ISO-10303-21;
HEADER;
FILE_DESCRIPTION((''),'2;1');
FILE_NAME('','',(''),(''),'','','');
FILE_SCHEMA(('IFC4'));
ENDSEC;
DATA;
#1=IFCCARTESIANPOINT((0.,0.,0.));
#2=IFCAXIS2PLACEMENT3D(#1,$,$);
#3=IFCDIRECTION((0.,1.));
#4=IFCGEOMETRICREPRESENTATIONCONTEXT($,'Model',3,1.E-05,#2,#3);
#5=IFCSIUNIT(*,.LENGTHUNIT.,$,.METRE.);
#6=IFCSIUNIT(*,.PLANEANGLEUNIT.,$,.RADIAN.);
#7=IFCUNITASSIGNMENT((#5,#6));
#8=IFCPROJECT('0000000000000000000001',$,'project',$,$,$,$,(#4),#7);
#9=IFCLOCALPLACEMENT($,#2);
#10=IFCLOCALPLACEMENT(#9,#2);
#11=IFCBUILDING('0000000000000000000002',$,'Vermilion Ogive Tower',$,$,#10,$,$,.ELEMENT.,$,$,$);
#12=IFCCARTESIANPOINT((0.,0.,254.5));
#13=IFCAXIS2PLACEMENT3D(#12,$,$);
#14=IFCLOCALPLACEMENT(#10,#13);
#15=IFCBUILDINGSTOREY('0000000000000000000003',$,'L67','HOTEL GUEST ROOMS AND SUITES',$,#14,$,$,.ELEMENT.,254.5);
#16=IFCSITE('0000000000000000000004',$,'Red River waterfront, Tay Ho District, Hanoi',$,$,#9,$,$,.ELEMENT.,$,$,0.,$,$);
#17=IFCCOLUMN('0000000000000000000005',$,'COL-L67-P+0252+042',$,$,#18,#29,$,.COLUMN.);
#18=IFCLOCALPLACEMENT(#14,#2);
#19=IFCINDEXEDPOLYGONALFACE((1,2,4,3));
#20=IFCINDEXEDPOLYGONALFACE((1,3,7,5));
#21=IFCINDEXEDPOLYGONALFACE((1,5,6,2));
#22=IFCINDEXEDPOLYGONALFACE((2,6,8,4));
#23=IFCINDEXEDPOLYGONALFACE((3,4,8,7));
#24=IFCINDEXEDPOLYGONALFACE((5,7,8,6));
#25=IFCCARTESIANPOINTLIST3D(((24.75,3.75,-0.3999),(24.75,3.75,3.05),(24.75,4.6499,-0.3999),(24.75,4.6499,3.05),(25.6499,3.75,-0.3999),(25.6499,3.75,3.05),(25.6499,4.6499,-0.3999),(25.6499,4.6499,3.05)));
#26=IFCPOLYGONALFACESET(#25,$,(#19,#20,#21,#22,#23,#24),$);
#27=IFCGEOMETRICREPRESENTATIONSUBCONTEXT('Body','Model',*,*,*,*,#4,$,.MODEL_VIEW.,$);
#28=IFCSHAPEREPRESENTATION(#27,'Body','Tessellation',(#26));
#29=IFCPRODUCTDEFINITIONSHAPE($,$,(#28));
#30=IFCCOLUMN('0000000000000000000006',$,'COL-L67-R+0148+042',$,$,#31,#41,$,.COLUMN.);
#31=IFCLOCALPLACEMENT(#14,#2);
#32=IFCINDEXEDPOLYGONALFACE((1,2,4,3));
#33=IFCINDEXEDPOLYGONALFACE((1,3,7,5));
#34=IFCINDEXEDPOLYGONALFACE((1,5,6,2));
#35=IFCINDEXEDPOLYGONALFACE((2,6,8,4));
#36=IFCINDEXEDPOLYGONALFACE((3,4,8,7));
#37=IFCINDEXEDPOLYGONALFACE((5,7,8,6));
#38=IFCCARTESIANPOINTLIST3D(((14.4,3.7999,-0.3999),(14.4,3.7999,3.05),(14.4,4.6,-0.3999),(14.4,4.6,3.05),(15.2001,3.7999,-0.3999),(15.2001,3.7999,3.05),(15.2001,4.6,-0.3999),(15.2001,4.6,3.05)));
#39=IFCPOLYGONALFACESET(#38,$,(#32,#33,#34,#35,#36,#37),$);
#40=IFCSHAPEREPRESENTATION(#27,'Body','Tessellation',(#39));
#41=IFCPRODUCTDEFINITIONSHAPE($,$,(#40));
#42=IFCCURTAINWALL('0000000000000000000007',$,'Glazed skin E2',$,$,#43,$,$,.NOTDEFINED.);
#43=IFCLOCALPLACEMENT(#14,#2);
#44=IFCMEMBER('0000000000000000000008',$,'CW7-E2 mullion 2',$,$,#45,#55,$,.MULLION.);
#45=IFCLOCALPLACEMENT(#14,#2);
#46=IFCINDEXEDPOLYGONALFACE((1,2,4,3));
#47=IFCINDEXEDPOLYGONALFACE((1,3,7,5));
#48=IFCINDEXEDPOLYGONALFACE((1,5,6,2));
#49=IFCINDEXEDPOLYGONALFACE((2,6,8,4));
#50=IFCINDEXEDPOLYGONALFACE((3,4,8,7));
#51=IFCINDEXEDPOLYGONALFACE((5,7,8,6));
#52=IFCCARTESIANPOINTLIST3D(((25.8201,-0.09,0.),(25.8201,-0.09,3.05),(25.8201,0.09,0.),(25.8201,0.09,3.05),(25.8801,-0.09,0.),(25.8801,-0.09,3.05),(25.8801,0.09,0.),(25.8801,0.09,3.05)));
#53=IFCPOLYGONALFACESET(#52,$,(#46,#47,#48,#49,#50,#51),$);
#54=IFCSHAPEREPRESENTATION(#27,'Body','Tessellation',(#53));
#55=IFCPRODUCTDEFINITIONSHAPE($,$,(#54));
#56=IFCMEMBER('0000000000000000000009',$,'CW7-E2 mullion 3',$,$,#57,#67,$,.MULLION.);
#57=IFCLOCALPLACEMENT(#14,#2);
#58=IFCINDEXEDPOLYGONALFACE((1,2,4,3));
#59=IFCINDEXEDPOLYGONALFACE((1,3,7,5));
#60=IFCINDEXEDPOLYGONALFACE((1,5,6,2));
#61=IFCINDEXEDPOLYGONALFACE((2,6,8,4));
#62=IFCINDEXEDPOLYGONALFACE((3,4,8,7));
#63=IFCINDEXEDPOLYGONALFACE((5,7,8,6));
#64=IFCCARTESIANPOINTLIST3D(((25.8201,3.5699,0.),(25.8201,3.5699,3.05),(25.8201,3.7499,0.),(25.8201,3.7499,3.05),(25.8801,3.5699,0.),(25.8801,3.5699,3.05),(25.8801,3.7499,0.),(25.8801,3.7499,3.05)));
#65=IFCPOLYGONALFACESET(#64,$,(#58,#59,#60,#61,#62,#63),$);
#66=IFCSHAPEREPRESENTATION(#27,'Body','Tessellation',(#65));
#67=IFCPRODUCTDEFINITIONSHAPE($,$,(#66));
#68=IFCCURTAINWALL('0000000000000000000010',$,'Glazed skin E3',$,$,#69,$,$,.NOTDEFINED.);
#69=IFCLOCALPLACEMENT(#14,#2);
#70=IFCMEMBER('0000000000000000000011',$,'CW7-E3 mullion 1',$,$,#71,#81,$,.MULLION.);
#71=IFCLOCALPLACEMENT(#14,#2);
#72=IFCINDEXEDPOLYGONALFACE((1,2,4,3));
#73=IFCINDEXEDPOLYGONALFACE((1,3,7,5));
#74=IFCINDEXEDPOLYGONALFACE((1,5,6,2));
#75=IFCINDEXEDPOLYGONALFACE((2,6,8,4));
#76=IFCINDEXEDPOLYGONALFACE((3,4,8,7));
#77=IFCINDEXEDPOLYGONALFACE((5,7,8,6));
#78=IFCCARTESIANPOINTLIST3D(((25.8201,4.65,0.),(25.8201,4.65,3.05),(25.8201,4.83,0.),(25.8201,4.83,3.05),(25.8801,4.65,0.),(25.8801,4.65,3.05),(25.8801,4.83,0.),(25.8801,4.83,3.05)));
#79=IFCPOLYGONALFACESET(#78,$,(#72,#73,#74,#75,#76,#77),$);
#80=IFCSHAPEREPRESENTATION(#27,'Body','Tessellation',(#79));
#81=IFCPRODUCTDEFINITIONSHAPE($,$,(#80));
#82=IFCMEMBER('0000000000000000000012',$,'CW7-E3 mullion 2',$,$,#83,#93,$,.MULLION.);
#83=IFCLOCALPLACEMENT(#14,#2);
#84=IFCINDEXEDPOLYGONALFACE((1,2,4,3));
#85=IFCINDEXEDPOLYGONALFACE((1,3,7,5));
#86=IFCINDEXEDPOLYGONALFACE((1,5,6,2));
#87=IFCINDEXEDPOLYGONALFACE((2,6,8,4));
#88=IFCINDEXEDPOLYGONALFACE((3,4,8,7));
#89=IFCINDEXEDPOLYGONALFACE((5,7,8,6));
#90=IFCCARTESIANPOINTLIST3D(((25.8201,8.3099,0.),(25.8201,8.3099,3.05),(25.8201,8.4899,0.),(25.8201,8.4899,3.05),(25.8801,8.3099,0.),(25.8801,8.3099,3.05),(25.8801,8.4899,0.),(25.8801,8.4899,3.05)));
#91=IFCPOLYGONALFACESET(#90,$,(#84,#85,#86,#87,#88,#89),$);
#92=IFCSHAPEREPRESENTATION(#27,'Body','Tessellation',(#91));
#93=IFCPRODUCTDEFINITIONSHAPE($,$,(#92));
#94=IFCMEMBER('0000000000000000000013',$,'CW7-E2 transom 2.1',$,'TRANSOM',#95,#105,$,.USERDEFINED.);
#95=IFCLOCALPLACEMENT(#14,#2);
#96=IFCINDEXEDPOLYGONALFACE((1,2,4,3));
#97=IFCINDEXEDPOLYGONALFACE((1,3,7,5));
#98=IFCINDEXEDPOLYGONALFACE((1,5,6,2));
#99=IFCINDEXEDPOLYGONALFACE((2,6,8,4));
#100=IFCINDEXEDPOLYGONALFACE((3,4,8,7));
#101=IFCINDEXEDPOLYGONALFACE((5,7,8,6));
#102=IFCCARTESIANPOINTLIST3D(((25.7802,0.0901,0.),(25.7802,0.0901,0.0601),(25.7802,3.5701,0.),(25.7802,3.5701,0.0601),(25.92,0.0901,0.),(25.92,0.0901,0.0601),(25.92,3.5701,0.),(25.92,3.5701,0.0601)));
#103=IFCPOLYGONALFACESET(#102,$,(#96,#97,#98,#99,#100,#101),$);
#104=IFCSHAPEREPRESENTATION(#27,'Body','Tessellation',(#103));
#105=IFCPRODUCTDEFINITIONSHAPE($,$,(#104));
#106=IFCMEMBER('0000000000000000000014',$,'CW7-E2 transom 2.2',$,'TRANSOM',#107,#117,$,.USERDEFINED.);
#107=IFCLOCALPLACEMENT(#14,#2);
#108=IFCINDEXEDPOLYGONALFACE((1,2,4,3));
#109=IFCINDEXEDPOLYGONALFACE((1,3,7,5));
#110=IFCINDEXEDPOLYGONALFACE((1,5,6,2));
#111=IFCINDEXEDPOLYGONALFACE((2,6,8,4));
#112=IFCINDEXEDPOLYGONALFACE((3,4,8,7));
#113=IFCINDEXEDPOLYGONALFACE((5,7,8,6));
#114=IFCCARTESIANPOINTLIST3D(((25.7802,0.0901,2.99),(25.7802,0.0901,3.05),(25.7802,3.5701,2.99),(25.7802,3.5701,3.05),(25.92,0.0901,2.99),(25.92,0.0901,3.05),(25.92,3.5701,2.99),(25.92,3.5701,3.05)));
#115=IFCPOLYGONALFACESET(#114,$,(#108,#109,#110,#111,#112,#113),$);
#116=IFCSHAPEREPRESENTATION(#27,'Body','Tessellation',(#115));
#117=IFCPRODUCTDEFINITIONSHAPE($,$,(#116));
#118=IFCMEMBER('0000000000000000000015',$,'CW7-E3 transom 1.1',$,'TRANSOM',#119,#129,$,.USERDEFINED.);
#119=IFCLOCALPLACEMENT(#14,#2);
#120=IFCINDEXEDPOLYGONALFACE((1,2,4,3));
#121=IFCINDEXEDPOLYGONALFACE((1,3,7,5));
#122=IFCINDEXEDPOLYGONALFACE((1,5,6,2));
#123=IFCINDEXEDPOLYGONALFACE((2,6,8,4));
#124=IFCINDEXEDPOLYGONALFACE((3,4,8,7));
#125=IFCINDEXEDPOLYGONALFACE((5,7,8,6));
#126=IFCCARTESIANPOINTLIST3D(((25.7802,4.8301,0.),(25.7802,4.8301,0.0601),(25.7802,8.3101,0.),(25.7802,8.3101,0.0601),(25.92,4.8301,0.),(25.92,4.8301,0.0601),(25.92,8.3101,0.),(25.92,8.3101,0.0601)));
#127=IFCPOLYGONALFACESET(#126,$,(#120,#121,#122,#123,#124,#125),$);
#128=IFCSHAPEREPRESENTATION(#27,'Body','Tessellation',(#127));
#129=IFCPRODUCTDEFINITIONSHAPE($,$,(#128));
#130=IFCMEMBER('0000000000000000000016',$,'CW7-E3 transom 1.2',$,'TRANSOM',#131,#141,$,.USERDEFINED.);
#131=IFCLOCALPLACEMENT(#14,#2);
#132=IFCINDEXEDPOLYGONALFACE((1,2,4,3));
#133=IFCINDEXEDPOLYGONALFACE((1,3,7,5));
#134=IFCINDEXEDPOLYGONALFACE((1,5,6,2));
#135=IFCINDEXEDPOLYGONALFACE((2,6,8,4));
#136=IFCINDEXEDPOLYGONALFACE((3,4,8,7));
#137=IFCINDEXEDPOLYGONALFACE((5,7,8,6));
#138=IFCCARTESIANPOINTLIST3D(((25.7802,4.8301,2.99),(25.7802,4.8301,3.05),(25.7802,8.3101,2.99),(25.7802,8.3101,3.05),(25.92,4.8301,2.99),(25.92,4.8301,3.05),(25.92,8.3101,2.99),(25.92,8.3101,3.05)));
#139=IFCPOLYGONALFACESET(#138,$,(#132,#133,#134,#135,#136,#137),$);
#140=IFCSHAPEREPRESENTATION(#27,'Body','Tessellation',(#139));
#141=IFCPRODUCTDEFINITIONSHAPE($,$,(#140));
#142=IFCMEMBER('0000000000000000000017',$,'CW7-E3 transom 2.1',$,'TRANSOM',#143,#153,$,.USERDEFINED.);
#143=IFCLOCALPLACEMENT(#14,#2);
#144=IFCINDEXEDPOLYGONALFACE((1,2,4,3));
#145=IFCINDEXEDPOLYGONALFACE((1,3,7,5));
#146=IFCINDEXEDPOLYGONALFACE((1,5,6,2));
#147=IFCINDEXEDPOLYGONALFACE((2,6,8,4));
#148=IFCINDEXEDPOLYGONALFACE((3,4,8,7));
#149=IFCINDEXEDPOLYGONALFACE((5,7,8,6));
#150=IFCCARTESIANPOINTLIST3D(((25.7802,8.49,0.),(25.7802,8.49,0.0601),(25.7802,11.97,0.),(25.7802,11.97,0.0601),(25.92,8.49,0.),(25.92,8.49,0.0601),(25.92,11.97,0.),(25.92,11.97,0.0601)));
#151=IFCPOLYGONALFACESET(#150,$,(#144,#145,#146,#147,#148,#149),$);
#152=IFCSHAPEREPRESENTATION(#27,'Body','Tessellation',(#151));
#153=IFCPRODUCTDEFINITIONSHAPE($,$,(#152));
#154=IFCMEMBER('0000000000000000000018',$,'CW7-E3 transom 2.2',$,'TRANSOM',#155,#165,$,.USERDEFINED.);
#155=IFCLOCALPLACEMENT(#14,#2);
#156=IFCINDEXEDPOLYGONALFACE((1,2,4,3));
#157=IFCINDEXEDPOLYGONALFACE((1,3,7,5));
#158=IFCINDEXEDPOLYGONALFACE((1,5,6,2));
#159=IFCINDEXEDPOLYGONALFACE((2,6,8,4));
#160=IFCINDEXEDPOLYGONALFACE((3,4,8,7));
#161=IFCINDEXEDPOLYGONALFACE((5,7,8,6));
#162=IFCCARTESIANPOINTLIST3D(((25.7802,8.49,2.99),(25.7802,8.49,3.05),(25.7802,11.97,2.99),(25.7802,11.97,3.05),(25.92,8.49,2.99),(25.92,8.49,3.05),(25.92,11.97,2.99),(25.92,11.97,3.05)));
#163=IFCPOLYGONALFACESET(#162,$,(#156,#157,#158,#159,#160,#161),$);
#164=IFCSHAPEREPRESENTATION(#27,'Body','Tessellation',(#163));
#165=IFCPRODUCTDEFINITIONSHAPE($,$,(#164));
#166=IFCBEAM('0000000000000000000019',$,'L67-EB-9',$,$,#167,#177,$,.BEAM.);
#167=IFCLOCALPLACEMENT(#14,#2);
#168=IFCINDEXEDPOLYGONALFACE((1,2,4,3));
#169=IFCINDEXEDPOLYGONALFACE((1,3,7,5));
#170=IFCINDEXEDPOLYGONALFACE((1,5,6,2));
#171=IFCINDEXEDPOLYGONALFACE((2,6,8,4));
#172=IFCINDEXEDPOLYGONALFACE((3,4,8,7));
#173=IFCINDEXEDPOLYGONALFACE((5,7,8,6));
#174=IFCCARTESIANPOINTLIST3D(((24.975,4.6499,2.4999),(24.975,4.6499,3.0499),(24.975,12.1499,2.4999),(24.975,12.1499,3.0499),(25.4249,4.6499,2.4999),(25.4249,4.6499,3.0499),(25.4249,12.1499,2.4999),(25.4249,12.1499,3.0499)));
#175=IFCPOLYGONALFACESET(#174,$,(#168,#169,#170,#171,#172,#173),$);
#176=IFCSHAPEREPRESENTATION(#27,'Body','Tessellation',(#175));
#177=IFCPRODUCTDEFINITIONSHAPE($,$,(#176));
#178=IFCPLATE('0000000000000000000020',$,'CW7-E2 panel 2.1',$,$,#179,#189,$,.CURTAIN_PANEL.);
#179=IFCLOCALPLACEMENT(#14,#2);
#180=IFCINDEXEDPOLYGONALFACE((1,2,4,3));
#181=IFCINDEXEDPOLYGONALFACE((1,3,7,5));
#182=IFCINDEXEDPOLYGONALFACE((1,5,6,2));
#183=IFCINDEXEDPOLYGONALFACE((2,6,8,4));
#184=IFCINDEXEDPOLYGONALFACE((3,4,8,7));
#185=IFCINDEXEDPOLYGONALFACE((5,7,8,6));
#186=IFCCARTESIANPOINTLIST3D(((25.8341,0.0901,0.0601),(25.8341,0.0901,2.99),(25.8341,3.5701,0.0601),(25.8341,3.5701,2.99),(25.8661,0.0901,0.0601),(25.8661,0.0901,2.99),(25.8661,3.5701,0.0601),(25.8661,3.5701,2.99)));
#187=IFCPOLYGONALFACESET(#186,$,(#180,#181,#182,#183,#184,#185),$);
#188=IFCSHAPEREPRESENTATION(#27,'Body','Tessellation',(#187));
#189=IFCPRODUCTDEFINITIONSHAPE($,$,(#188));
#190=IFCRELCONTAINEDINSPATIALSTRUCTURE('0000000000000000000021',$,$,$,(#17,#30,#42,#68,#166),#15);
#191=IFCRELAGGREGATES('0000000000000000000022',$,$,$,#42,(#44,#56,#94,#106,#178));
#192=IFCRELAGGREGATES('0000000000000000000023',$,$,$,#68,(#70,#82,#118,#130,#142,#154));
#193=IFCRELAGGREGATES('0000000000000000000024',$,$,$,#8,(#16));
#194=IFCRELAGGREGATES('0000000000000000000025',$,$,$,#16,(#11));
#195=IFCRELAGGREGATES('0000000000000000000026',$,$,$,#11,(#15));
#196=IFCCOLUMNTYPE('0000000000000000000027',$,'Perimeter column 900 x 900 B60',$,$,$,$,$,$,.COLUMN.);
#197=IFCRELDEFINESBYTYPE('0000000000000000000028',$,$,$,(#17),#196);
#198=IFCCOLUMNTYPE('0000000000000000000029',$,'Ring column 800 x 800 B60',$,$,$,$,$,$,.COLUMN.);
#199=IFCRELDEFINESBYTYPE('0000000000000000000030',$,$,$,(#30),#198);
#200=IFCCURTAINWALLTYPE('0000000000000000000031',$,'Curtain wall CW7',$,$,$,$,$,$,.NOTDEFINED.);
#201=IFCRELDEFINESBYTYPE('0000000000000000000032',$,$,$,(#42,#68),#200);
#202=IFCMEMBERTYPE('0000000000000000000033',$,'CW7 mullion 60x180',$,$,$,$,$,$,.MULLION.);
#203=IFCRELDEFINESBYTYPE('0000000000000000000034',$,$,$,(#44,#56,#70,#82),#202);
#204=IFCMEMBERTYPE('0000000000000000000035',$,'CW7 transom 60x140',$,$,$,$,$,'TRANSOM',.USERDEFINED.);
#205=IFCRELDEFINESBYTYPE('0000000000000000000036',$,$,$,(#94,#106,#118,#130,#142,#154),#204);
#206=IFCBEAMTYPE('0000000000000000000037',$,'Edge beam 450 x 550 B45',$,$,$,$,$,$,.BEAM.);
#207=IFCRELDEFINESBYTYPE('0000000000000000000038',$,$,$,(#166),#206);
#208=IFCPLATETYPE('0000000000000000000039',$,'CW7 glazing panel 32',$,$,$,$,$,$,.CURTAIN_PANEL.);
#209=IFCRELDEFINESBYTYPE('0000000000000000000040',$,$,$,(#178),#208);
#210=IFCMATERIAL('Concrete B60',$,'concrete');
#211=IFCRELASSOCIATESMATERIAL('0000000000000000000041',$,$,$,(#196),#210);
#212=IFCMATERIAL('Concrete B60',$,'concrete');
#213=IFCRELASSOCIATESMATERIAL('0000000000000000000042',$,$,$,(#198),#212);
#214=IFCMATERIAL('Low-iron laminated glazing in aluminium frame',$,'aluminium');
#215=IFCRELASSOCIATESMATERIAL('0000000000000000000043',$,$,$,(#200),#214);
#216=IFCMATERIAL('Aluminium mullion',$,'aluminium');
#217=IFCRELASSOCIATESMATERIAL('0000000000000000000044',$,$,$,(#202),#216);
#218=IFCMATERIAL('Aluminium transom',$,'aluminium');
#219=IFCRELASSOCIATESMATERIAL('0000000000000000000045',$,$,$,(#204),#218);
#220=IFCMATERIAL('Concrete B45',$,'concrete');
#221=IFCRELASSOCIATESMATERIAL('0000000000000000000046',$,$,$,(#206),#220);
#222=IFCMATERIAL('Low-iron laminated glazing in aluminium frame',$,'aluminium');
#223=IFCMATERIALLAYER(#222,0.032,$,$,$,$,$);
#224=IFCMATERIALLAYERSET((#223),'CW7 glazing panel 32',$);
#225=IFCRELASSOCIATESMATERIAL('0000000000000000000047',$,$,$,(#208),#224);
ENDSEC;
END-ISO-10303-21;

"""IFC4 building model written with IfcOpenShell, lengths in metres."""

from ifc_helpers import new_model, si_unit, direction, frame, origin, origin_2d, place, context, subcontext, project, spatial, rectangle, extrude, material, layer, layer_set, material_profile, profile_set, type_object, element, aggregate, save


model = new_model("IFC4")

# Units and contexts
model_context = context("Model", 3, precision=1e-05, world=origin(), true_north=direction((0.0, 1.0)))
body_context = subcontext(model_context, "Body", "Model", "MODEL_VIEW")
ifc_project = project(units=[si_unit("LENGTHUNIT", "METRE"), si_unit("PLANEANGLEUNIT", "RADIAN")], contexts=[model_context])

# Site, building, storey
site_placement = place(None, origin())
site = spatial("IfcSite", under=ifc_project, at=site_placement, Name="Red River waterfront, Tay Ho District, Hanoi", CompositionType="ELEMENT", RefElevation=0.0)
building_placement = place(site_placement, origin())
building = spatial("IfcBuilding", under=site, at=building_placement, Name="Vermilion Ogive Tower", CompositionType="ELEMENT")
storey_placement = place(building_placement, frame((0.0, 0.0, 254.5)))
storey = spatial("IfcBuildingStorey", under=building, at=storey_placement, Name="L67", Description="HOTEL GUEST ROOMS AND SUITES", CompositionType="ELEMENT", Elevation=254.5)

# Columns
ifc_material_1 = material(Name="Concrete B60", Category="concrete")
ifc_material_profile_1 = material_profile(ifc_material_1, rectangle(XDim=0.8999, YDim=0.8999, at=origin_2d()), Name="900 x 900")
ifc_profile_set_1 = profile_set([ifc_material_profile_1], Name="Concrete B60")
column_type_1 = type_object("IfcColumnType", Name="Perimeter column 900 x 900 B60", PredefinedType="COLUMN", material=ifc_profile_set_1)
column_1_placement = place(storey_placement, frame((25.2, 4.2, -0.3999), z_axis=(0.0, 0.0, 1.0), x_axis=(1.0, 0.0, 0.0)))
element("IfcColumn", 1, at=column_1_placement, inside=storey, type_object=column_type_1, Name="COL-L67-P+0252+042", PredefinedType="COLUMN", context=body_context, shape_type="SweptSolid", body=[
    extrude(rectangle(XDim=0.8999, YDim=0.8999, at=origin_2d()), origin(), (0.0, 0.0, 1.0), 3.45),
])
ifc_material_2 = material(Name="Concrete B60", Category="concrete")
ifc_material_profile_2 = material_profile(ifc_material_2, rectangle(XDim=0.8, YDim=0.8, at=origin_2d()), Name="800 x 800")
ifc_profile_set_2 = profile_set([ifc_material_profile_2], Name="Concrete B60")
column_type_2 = type_object("IfcColumnType", Name="Ring column 800 x 800 B60", PredefinedType="COLUMN", material=ifc_profile_set_2)
column_2_placement = place(storey_placement, frame((14.8, 4.2, -0.3999), z_axis=(0.0, 0.0, 1.0), x_axis=(1.0, 0.0, 0.0)))
element("IfcColumn", 2, at=column_2_placement, inside=storey, type_object=column_type_2, Name="COL-L67-R+0148+042", PredefinedType="COLUMN", context=body_context, shape_type="SweptSolid", body=[
    extrude(rectangle(XDim=0.8, YDim=0.8, at=origin_2d()), origin(), (0.0, 0.0, 1.0), 3.45),
])

# Curtain walls, members
ifc_material_3 = material(Name="Low-iron laminated glazing in aluminium frame", Category="aluminium")
curtain_wall_type = type_object("IfcCurtainWallType", Name="Curtain wall CW7", PredefinedType="NOTDEFINED", material=ifc_material_3)
curtain_wall_1_placement = place(storey_placement, origin())
curtain_wall_1 = element("IfcCurtainWall", 3, at=curtain_wall_1_placement, inside=storey, type_object=curtain_wall_type, Name="Glazed skin E2", PredefinedType="NOTDEFINED")
ifc_material_4 = material(Name="Aluminium mullion", Category="aluminium")
ifc_material_profile_3 = material_profile(ifc_material_4, rectangle(XDim=0.0601, YDim=0.1799, at=origin_2d()), Name="AL 60x180")
ifc_profile_set_3 = profile_set([ifc_material_profile_3], Name="Aluminium mullion")
member_type_1 = type_object("IfcMemberType", Name="CW7 mullion 60x180", PredefinedType="MULLION", material=ifc_profile_set_3)
member_1_placement = place(storey_placement, frame((25.8501, 0.0, 0.0), z_axis=(0.0, 0.0, 1.0), x_axis=(-1.0, 0.0, 0.0)))
member_1 = element("IfcMember", 4, at=member_1_placement, type_object=member_type_1, Name="CW7-E2 mullion 2", PredefinedType="MULLION", context=body_context, shape_type="SweptSolid", body=[
    extrude(rectangle(XDim=0.0601, YDim=0.1799, at=origin_2d()), origin(), (0.0, 0.0, 1.0), 3.05),
])
member_2_placement = place(storey_placement, frame((25.8501, 3.6599, 0.0), z_axis=(0.0, 0.0, 1.0), x_axis=(-1.0, 0.0, 0.0)))
member_2 = element("IfcMember", 5, at=member_2_placement, type_object=member_type_1, Name="CW7-E2 mullion 3", PredefinedType="MULLION", context=body_context, shape_type="SweptSolid", body=[
    extrude(rectangle(XDim=0.0601, YDim=0.1799, at=origin_2d()), origin(), (0.0, 0.0, 1.0), 3.05),
])
curtain_wall_2_placement = place(storey_placement, origin())
curtain_wall_2 = element("IfcCurtainWall", 6, at=curtain_wall_2_placement, inside=storey, type_object=curtain_wall_type, Name="Glazed skin E3", PredefinedType="NOTDEFINED")
member_3_placement = place(storey_placement, frame((25.8501, 4.74, 0.0), z_axis=(0.0, 0.0, 1.0), x_axis=(-1.0, 0.0, 0.0)))
member_3 = element("IfcMember", 7, at=member_3_placement, type_object=member_type_1, Name="CW7-E3 mullion 1", PredefinedType="MULLION", context=body_context, shape_type="SweptSolid", body=[
    extrude(rectangle(XDim=0.0601, YDim=0.1799, at=origin_2d()), origin(), (0.0, 0.0, 1.0), 3.05),
])
member_4_placement = place(storey_placement, frame((25.8501, 8.3999, 0.0), z_axis=(0.0, 0.0, 1.0), x_axis=(-1.0, 0.0, 0.0)))
member_4 = element("IfcMember", 8, at=member_4_placement, type_object=member_type_1, Name="CW7-E3 mullion 2", PredefinedType="MULLION", context=body_context, shape_type="SweptSolid", body=[
    extrude(rectangle(XDim=0.0601, YDim=0.1799, at=origin_2d()), origin(), (0.0, 0.0, 1.0), 3.05),
])

# Members
ifc_material_5 = material(Name="Aluminium transom", Category="aluminium")
ifc_material_profile_4 = material_profile(ifc_material_5, rectangle(XDim=0.1399, YDim=0.0601, at=origin_2d()), Name="AL 60x140")
ifc_profile_set_4 = profile_set([ifc_material_profile_4], Name="Aluminium transom")
member_type_2 = type_object("IfcMemberType", Name="CW7 transom 60x140", ElementType="TRANSOM", PredefinedType="USERDEFINED", material=ifc_profile_set_4)
member_5_placement = place(storey_placement, frame((25.8501, 0.0901, 0.03), z_axis=(0.0, 1.0, 0.0), x_axis=(-1.0, 0.0, 0.0)))
member_5 = element("IfcMember", 9, at=member_5_placement, type_object=member_type_2, Name="CW7-E2 transom 2.1", ObjectType="TRANSOM", PredefinedType="USERDEFINED", context=body_context, shape_type="SweptSolid", body=[
    extrude(rectangle(XDim=0.1399, YDim=0.0601, at=origin_2d()), origin(), (0.0, 0.0, 1.0), 3.48),
])
member_6_placement = place(storey_placement, frame((25.8501, 0.0901, 3.02), z_axis=(0.0, 1.0, 0.0), x_axis=(-1.0, 0.0, 0.0)))
member_6 = element("IfcMember", 10, at=member_6_placement, type_object=member_type_2, Name="CW7-E2 transom 2.2", ObjectType="TRANSOM", PredefinedType="USERDEFINED", context=body_context, shape_type="SweptSolid", body=[
    extrude(rectangle(XDim=0.1399, YDim=0.0601, at=origin_2d()), origin(), (0.0, 0.0, 1.0), 3.48),
])
member_7_placement = place(storey_placement, frame((25.8501, 4.8301, 0.03), z_axis=(0.0, 1.0, 0.0), x_axis=(-1.0, 0.0, 0.0)))
member_7 = element("IfcMember", 11, at=member_7_placement, type_object=member_type_2, Name="CW7-E3 transom 1.1", ObjectType="TRANSOM", PredefinedType="USERDEFINED", context=body_context, shape_type="SweptSolid", body=[
    extrude(rectangle(XDim=0.1399, YDim=0.0601, at=origin_2d()), origin(), (0.0, 0.0, 1.0), 3.48),
])
member_8_placement = place(storey_placement, frame((25.8501, 4.8301, 3.02), z_axis=(0.0, 1.0, 0.0), x_axis=(-1.0, 0.0, 0.0)))
member_8 = element("IfcMember", 12, at=member_8_placement, type_object=member_type_2, Name="CW7-E3 transom 1.2", ObjectType="TRANSOM", PredefinedType="USERDEFINED", context=body_context, shape_type="SweptSolid", body=[
    extrude(rectangle(XDim=0.1399, YDim=0.0601, at=origin_2d()), origin(), (0.0, 0.0, 1.0), 3.48),
])
member_9_placement = place(storey_placement, frame((25.8501, 8.49, 0.03), z_axis=(0.0, 1.0, 0.0), x_axis=(-1.0, 0.0, 0.0)))
member_9 = element("IfcMember", 13, at=member_9_placement, type_object=member_type_2, Name="CW7-E3 transom 2.1", ObjectType="TRANSOM", PredefinedType="USERDEFINED", context=body_context, shape_type="SweptSolid", body=[
    extrude(rectangle(XDim=0.1399, YDim=0.0601, at=origin_2d()), origin(), (0.0, 0.0, 1.0), 3.48),
])
member_10_placement = place(storey_placement, frame((25.8501, 8.49, 3.02), z_axis=(0.0, 1.0, 0.0), x_axis=(-1.0, 0.0, 0.0)))
member_10 = element("IfcMember", 14, at=member_10_placement, type_object=member_type_2, Name="CW7-E3 transom 2.2", ObjectType="TRANSOM", PredefinedType="USERDEFINED", context=body_context, shape_type="SweptSolid", body=[
    extrude(rectangle(XDim=0.1399, YDim=0.0601, at=origin_2d()), origin(), (0.0, 0.0, 1.0), 3.48),
])

# Beam
ifc_material_6 = material(Name="Concrete B45", Category="concrete")
ifc_material_profile_5 = material_profile(ifc_material_6, rectangle(XDim=0.45, YDim=0.55, at=origin_2d()), Name="450 x 550")
ifc_profile_set_5 = profile_set([ifc_material_profile_5], Name="Concrete B45")
beam_type = type_object("IfcBeamType", Name="Edge beam 450 x 550 B45", PredefinedType="BEAM", material=ifc_profile_set_5)
beam_placement = place(storey_placement, frame((25.2, 4.6499, 2.7749), z_axis=(0.0, 1.0, 0.0), x_axis=(-1.0, 0.0, 0.0)))
element("IfcBeam", 15, at=beam_placement, inside=storey, type_object=beam_type, Name="L67-EB-9", PredefinedType="BEAM", context=body_context, shape_type="SweptSolid", body=[
    extrude(rectangle(XDim=0.45, YDim=0.55, at=origin_2d()), origin(), (0.0, 0.0, 1.0), 7.5),
])

# Plate
ifc_material_7 = material(Name="Low-iron laminated glazing in aluminium frame", Category="aluminium")
ifc_layer_1 = layer(ifc_material_7, 0.032)
ifc_layer_set_1 = layer_set([ifc_layer_1], Name="CW7 glazing panel 32")
plate_type = type_object("IfcPlateType", Name="CW7 glazing panel 32", PredefinedType="CURTAIN_PANEL", material=ifc_layer_set_1)
plate_1_placement = place(storey_placement, frame((25.8501, 1.8301, 0.0601), z_axis=(0.0, 0.0, 1.0), x_axis=(0.0, 1.0, 0.0)))
plate_1 = element("IfcPlate", 16, at=plate_1_placement, type_object=plate_type, Name="CW7-E2 panel 2.1", PredefinedType="CURTAIN_PANEL", context=body_context, shape_type="SweptSolid", body=[
    extrude(rectangle(XDim=3.48, YDim=0.032, at=origin_2d()), origin(), (0.0, 0.0, 1.0), 2.9299),
])
aggregate(curtain_wall_1, [member_1, member_2, member_5, member_6, plate_1])
aggregate(curtain_wall_2, [member_3, member_4, member_7, member_8, member_9, member_10])

save(model, "model.ifc")
